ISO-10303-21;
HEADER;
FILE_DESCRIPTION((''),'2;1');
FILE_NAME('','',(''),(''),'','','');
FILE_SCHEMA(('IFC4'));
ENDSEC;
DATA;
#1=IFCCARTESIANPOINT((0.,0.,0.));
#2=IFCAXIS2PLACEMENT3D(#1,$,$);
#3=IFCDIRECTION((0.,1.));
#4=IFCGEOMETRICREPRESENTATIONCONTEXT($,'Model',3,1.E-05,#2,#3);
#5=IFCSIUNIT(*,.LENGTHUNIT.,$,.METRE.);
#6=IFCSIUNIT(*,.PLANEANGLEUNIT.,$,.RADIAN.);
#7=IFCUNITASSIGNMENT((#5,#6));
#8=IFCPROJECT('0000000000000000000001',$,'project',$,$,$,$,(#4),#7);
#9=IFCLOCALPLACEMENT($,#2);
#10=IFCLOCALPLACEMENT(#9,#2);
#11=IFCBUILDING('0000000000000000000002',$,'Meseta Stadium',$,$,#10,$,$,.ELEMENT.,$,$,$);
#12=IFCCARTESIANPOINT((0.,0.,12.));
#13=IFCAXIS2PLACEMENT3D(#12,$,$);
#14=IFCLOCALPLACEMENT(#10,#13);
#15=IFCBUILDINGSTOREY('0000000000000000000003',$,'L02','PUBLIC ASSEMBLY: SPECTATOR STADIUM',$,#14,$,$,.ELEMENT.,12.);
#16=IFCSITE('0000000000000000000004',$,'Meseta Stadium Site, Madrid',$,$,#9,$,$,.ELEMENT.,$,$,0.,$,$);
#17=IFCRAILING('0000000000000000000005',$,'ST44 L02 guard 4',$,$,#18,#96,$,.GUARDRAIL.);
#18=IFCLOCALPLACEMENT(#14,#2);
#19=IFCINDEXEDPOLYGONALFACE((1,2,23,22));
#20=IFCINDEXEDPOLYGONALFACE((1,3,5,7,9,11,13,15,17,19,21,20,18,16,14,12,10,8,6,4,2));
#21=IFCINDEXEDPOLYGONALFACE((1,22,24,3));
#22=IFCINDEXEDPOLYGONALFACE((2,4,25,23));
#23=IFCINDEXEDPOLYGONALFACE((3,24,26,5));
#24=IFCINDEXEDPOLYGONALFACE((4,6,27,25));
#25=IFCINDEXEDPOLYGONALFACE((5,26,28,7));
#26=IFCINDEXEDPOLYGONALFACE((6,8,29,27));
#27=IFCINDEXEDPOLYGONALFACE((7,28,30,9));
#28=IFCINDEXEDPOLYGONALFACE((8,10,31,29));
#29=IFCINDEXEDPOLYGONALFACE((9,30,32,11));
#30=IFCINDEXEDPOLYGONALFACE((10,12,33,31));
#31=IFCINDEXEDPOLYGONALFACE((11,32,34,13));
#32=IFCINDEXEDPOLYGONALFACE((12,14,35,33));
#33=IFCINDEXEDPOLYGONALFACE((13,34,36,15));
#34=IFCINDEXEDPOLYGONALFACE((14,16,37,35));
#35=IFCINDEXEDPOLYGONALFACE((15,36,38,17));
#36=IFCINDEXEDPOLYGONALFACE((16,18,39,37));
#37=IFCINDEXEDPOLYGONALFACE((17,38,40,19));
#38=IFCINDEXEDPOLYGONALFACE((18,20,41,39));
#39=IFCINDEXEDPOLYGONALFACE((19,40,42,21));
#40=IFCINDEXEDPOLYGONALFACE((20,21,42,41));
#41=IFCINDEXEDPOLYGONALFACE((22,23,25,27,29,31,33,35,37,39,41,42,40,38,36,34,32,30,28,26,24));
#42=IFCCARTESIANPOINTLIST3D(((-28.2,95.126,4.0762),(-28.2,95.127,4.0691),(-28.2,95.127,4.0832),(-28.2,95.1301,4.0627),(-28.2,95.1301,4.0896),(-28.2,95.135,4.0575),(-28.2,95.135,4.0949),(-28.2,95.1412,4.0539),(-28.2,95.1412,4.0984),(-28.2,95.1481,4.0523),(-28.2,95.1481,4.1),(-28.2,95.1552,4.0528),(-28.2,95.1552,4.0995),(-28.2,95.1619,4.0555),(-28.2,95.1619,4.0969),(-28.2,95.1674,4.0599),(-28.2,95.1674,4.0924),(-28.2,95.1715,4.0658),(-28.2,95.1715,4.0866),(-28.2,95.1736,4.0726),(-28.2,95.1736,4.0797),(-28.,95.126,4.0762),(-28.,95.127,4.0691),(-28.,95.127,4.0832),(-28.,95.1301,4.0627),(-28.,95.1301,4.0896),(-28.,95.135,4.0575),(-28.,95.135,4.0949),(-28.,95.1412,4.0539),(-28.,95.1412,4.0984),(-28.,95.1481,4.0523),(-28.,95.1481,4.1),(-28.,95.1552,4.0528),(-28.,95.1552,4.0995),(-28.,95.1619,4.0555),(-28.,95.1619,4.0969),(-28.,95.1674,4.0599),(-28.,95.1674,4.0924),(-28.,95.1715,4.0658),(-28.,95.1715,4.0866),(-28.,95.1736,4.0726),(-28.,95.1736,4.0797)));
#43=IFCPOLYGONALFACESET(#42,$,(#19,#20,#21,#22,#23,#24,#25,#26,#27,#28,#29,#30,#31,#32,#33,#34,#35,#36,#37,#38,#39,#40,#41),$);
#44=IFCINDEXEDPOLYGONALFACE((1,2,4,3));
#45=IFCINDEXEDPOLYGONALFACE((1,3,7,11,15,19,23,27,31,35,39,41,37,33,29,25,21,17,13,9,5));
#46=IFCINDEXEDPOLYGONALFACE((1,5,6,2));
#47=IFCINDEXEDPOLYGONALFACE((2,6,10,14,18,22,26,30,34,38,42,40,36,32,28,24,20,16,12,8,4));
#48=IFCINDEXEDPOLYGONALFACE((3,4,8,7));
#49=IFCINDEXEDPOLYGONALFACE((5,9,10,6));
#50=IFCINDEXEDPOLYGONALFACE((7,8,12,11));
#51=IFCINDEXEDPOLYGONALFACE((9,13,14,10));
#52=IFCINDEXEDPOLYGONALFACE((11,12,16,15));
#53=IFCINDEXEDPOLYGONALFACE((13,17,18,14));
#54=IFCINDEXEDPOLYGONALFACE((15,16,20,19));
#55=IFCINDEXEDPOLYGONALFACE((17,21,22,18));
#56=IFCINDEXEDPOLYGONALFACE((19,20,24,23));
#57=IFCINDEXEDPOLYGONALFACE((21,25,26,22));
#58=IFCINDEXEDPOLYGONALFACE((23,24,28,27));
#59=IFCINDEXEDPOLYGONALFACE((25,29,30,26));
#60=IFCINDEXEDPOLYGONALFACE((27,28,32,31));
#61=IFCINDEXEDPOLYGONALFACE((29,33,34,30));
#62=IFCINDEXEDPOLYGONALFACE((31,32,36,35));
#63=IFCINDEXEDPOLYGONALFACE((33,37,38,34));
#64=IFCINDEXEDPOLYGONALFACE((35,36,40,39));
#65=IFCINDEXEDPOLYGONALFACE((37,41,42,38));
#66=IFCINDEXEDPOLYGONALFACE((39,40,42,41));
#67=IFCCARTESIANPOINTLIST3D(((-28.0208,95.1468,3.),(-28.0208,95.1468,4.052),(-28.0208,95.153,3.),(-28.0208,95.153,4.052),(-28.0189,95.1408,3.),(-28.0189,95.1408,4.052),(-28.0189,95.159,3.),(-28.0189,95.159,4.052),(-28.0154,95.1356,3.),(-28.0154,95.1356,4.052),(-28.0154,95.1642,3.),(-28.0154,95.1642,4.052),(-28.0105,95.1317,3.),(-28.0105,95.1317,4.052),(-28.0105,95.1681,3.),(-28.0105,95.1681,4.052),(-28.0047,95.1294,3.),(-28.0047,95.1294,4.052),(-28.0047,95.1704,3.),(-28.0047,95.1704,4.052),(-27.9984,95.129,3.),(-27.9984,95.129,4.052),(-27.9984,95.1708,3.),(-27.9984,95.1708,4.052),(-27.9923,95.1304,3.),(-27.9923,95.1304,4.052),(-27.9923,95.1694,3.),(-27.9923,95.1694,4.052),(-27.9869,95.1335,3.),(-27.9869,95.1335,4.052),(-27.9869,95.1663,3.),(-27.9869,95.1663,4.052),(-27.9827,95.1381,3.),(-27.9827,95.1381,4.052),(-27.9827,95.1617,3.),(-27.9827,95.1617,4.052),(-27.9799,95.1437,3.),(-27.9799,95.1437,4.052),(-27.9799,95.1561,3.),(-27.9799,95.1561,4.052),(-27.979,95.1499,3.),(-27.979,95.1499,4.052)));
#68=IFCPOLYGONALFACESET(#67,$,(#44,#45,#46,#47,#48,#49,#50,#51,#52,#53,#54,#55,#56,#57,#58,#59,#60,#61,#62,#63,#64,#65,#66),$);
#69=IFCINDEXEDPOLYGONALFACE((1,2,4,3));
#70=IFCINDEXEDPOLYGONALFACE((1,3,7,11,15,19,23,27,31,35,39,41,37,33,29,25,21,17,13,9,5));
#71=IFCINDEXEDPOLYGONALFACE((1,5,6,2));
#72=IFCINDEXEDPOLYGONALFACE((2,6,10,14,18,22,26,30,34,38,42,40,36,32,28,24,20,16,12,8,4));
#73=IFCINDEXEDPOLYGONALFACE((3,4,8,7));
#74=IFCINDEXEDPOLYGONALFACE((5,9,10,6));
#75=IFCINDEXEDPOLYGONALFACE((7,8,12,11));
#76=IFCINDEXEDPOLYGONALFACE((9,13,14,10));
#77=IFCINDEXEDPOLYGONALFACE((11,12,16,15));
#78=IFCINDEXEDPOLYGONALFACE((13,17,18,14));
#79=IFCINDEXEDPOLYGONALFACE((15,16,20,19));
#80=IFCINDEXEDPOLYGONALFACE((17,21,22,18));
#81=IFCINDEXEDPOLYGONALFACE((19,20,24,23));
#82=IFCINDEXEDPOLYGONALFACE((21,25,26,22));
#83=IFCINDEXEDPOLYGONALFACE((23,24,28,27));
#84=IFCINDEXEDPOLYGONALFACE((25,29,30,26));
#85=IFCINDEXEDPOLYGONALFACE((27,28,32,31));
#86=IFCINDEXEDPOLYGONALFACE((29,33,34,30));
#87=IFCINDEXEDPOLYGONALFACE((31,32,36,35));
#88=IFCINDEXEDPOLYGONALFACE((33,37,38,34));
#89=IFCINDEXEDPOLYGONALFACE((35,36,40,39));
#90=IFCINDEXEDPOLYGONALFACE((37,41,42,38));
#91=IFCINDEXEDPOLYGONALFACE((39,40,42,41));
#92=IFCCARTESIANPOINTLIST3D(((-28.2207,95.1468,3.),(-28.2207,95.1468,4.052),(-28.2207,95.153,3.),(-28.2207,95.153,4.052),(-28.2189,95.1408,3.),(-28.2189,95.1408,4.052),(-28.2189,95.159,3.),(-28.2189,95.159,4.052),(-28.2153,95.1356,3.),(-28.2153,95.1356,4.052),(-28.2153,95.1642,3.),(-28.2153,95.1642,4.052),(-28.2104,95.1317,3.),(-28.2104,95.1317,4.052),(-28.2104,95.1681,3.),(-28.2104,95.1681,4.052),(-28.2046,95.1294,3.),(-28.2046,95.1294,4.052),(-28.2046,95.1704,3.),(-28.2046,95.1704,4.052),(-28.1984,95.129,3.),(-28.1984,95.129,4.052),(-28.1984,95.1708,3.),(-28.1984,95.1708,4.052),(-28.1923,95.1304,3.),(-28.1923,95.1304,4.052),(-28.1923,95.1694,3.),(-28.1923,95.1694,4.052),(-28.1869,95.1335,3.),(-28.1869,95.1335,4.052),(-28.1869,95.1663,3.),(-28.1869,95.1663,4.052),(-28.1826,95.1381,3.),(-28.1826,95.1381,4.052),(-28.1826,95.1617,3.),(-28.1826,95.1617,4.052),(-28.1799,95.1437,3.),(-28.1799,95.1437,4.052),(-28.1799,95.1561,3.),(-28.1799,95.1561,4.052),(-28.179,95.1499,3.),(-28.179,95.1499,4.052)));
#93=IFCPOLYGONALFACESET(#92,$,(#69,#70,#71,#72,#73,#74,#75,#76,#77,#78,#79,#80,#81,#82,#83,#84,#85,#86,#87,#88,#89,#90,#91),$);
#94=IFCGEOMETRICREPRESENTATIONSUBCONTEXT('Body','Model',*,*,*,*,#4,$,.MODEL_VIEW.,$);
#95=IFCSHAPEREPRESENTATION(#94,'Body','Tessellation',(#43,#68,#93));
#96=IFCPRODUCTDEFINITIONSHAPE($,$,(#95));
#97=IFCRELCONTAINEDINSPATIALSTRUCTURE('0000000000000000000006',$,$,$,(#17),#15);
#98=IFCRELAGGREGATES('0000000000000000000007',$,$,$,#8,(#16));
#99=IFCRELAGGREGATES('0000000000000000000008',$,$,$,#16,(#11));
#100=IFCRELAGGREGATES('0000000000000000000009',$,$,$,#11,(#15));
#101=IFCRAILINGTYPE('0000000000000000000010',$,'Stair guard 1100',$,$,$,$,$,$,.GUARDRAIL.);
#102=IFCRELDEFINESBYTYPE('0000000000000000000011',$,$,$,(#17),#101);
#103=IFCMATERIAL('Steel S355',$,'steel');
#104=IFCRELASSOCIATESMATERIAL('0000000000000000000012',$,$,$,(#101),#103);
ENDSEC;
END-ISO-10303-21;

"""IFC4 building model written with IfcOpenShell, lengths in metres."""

from ifc_helpers import new_model, si_unit, direction, frame, origin, origin_2d, place, context, subcontext, project, spatial, circle, extrude, material, type_object, element, save


model = new_model("IFC4")

# Units and contexts
model_context = context("Model", 3, precision=1e-05, world=origin(), true_north=direction((0.0, 1.0)))
body_context = subcontext(model_context, "Body", "Model", "MODEL_VIEW")
ifc_project = project(units=[si_unit("LENGTHUNIT", "METRE"), si_unit("PLANEANGLEUNIT", "RADIAN")], contexts=[model_context])

# Site, building, storey
site_placement = place(None, origin())
site = spatial("IfcSite", under=ifc_project, at=site_placement, Name="Meseta Stadium Site, Madrid", CompositionType="ELEMENT", RefElevation=0.0)
building_placement = place(site_placement, origin())
building = spatial("IfcBuilding", under=site, at=building_placement, Name="Meseta Stadium", CompositionType="ELEMENT")
storey_placement = place(building_placement, frame((0.0, 0.0, 12.0)))
storey = spatial("IfcBuildingStorey", under=building, at=storey_placement, Name="L02", Description="PUBLIC ASSEMBLY: SPECTATOR STADIUM", CompositionType="ELEMENT", Elevation=12.0)

# Railing
ifc_material_1 = material(Name="Steel S355", Category="steel")
railing_type_1 = type_object("IfcRailingType", Name="Stair guard 1100", PredefinedType="GUARDRAIL", material=ifc_material_1)
railing_1_placement = place(storey_placement, frame((-28.0, 95.1499, 3.0)))
element("IfcRailing", 1, at=railing_1_placement, inside=storey, type_object=railing_type_1, Name="ST44 L02 guard 4", PredefinedType="GUARDRAIL", context=body_context, shape_type="SweptSolid", body=[
    extrude(circle(Radius=0.0239, at=origin_2d()), frame((0.0, 0.0, 1.0762), z_axis=(-1.0, 0.0, 0.0), x_axis=(0.0, -1.0, 0.0)), (0.0, 0.0, 1.0), 0.2),
    extrude(circle(Radius=0.021, at=origin_2d()), origin(), (0.0, 0.0, 1.0), 1.052),
    extrude(circle(Radius=0.021, at=origin_2d()), frame((-0.2, 0.0, 0.0)), (0.0, 0.0, 1.0), 1.052),
])

save(model, "model.ifc")
